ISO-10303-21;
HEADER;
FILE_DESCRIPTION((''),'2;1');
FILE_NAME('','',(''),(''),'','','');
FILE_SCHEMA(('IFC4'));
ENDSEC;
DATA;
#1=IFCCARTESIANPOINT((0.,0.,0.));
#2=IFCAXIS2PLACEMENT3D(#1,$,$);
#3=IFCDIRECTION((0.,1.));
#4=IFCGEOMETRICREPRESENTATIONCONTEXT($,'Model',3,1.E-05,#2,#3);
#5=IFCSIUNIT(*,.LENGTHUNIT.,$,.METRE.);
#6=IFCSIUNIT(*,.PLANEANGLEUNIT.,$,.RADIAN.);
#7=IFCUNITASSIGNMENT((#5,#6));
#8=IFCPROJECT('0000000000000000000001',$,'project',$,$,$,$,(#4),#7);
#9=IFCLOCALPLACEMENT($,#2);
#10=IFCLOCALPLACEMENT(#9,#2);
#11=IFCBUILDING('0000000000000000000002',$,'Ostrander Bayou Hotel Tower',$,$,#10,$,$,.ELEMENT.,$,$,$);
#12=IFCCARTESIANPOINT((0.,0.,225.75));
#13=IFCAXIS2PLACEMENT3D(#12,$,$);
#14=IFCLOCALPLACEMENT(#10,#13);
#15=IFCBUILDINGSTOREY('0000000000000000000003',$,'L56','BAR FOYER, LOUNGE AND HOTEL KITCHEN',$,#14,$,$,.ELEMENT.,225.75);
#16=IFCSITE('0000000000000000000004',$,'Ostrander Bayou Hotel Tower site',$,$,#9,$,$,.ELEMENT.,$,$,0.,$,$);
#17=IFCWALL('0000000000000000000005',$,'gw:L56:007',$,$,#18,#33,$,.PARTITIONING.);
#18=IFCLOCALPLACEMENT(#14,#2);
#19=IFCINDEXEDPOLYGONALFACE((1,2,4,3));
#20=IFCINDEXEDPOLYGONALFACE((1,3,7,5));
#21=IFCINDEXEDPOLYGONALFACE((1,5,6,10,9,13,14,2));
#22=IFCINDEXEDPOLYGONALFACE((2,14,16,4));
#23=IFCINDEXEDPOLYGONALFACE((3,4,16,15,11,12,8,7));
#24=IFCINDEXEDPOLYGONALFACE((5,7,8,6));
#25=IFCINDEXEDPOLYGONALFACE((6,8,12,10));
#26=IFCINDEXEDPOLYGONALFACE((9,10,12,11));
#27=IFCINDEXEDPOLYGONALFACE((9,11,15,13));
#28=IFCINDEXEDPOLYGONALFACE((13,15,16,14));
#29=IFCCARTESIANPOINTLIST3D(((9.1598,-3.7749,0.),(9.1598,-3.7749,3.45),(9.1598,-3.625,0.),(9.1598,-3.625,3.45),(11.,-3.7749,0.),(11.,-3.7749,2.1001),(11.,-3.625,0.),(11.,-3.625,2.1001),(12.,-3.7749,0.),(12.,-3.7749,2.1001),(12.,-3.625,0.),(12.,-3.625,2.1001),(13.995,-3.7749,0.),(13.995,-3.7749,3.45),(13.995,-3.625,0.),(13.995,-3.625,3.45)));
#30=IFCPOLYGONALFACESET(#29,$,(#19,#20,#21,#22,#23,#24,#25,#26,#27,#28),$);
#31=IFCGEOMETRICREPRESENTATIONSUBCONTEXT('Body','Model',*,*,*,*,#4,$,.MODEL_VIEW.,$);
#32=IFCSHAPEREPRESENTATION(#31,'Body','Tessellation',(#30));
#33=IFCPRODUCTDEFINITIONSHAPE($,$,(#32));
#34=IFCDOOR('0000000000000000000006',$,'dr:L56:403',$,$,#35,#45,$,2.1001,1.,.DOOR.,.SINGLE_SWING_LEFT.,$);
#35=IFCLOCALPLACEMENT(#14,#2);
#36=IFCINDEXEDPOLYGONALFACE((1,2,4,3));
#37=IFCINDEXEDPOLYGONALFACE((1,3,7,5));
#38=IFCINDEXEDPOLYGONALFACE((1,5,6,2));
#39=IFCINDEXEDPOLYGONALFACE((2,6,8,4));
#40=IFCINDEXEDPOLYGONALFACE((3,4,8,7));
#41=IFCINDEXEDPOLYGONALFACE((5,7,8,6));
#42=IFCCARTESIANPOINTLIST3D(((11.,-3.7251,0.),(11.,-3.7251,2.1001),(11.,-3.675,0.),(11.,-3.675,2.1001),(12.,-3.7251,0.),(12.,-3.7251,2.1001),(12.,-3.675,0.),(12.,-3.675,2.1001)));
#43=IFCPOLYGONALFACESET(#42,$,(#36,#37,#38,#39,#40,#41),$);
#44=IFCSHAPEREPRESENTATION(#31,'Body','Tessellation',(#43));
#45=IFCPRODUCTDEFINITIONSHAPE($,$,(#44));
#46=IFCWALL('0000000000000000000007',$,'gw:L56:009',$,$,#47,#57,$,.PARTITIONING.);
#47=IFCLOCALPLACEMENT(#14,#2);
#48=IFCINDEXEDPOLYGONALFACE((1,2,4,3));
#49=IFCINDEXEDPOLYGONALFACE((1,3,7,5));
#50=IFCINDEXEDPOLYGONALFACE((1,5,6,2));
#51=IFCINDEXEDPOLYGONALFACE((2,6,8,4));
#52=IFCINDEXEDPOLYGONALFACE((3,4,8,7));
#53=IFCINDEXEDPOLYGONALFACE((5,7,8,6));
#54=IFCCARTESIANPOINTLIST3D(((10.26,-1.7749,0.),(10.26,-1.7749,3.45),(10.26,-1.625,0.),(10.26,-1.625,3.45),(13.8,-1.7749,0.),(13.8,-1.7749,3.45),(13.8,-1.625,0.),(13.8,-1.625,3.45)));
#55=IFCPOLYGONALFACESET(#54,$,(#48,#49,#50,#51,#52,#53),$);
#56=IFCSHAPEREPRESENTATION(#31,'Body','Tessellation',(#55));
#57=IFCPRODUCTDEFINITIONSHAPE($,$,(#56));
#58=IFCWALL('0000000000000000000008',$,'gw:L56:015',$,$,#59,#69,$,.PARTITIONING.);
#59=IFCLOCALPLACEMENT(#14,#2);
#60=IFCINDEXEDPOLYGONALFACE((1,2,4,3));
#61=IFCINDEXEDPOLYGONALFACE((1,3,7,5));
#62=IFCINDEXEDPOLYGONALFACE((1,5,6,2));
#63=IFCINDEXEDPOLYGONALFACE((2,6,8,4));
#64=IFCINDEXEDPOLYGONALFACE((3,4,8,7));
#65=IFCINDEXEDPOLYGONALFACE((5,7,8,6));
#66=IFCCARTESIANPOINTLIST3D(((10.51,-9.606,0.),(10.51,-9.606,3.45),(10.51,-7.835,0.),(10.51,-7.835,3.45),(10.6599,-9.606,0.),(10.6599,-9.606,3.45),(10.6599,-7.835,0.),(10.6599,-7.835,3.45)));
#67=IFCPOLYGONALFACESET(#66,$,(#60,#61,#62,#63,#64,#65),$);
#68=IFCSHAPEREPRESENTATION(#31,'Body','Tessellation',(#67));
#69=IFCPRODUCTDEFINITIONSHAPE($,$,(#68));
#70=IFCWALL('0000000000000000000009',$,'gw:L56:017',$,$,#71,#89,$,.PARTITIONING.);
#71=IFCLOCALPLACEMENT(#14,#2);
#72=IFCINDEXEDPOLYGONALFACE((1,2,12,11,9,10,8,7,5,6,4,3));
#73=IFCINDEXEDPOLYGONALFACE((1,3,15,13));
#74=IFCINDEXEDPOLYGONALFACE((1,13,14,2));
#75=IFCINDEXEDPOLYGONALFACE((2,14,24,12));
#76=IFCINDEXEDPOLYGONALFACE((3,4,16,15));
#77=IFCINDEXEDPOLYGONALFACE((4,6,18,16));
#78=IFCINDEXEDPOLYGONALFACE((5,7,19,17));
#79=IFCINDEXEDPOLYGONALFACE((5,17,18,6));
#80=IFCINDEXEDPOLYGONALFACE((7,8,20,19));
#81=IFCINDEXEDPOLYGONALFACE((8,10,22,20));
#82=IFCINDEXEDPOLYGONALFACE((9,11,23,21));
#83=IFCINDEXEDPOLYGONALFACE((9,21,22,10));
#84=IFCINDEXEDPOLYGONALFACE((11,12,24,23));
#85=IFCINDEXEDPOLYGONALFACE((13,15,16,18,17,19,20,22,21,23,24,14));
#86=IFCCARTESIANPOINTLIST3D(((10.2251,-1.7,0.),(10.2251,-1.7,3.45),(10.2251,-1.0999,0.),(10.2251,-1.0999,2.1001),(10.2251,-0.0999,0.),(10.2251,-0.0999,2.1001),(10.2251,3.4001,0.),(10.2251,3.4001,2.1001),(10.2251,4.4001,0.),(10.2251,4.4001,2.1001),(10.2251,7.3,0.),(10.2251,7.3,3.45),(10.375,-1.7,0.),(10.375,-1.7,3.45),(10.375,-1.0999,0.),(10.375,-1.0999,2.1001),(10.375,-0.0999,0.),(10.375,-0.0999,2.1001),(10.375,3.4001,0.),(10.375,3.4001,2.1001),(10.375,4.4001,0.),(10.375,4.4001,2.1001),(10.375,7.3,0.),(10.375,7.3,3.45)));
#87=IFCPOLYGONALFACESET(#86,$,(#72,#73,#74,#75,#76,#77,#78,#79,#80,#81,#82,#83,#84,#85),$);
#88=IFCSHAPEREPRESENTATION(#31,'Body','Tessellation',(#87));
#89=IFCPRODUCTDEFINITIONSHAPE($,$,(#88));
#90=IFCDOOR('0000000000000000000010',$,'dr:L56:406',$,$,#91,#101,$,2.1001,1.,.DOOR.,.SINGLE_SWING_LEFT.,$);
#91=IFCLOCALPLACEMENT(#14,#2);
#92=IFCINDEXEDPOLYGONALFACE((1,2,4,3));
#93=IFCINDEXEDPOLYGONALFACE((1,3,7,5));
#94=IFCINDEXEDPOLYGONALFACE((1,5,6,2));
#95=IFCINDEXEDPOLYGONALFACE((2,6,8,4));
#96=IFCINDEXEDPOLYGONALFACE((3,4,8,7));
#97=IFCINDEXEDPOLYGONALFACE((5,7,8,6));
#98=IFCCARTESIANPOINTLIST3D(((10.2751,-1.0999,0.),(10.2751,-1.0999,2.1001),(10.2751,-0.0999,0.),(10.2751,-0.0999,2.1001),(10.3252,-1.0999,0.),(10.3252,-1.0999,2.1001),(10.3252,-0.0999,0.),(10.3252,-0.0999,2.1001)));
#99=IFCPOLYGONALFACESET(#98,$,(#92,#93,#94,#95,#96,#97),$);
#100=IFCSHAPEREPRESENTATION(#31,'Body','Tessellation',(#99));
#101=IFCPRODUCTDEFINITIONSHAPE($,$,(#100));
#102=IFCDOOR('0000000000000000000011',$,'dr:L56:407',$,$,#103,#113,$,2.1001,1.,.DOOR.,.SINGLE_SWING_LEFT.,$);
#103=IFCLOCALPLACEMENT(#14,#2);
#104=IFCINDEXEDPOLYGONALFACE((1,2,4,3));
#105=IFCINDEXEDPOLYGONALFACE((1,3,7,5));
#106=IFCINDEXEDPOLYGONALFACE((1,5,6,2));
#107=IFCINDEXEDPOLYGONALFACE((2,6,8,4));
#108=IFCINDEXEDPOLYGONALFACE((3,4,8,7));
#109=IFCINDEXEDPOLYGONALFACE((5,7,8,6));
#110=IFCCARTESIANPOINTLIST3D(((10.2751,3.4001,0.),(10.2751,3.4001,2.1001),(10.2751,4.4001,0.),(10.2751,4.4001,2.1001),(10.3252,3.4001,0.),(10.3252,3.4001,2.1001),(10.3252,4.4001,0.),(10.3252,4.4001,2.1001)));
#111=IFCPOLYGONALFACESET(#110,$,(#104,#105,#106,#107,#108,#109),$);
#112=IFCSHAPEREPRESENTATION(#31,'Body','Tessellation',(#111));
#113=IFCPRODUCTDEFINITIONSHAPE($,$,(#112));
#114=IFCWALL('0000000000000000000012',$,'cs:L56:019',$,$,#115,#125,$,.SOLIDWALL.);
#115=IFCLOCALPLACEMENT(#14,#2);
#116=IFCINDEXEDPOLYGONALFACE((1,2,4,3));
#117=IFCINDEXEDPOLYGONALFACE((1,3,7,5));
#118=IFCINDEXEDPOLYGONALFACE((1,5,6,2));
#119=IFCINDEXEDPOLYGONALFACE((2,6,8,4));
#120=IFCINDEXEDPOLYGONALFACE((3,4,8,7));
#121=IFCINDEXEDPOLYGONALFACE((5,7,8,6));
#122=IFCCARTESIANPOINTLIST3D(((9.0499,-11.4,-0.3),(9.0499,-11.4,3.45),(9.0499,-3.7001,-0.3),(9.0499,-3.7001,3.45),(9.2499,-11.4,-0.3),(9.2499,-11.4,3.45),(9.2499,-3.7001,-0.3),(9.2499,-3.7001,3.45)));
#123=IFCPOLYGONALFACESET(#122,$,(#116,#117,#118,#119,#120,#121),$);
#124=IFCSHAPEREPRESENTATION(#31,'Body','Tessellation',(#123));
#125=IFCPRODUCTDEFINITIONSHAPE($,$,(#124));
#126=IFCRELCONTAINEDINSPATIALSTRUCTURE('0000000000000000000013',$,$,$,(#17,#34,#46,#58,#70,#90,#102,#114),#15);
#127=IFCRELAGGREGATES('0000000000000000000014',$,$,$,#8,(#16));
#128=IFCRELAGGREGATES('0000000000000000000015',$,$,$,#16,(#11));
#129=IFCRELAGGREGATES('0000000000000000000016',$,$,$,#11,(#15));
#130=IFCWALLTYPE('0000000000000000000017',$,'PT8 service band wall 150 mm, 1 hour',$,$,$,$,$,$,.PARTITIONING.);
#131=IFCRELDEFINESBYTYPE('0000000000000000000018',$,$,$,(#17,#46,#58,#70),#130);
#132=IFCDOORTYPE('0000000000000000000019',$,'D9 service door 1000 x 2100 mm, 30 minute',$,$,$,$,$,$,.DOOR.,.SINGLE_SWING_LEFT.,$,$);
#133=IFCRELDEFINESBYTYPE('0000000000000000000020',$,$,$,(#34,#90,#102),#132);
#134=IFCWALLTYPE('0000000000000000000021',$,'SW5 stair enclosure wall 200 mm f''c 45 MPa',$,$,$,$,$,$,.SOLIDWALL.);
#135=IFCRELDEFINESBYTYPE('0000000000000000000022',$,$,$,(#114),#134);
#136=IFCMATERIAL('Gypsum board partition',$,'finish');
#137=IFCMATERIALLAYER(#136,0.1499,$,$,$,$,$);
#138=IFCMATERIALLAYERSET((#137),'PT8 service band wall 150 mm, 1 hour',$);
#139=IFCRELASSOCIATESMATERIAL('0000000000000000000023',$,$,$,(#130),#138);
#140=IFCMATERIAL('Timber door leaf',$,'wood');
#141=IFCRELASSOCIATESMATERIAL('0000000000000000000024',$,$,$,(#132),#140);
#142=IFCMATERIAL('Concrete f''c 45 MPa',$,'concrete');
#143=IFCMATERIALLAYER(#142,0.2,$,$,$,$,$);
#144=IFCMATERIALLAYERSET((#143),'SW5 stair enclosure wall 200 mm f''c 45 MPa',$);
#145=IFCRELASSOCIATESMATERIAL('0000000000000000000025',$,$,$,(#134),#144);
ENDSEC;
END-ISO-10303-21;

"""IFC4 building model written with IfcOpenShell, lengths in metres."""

from ifc_helpers import new_model, si_unit, direction, frame, frame_2d, origin, place, context, subcontext, project, spatial, rectangle, extrude, material, layer, layer_set, type_object, element, fill, save


model = new_model("IFC4")

# Units and contexts
model_context = context("Model", 3, precision=1e-05, world=origin(), true_north=direction((0.0, 1.0)))
body_context = subcontext(model_context, "Body", "Model", "MODEL_VIEW")
ifc_project = project(units=[si_unit("LENGTHUNIT", "METRE"), si_unit("PLANEANGLEUNIT", "RADIAN")], contexts=[model_context])

# Site, building, storey
site_placement = place(None, origin())
site = spatial("IfcSite", under=ifc_project, at=site_placement, Name="Ostrander Bayou Hotel Tower site", CompositionType="ELEMENT", RefElevation=0.0)
building_placement = place(site_placement, origin())
building = spatial("IfcBuilding", under=site, at=building_placement, Name="Ostrander Bayou Hotel Tower", CompositionType="ELEMENT")
storey_placement = place(building_placement, frame((0.0, 0.0, 225.75)))
storey = spatial("IfcBuildingStorey", under=building, at=storey_placement, Name="L56", Description="BAR FOYER, LOUNGE AND HOTEL KITCHEN", CompositionType="ELEMENT", Elevation=225.75)

# Shared definitions
ifc_material_1 = material(Name="Gypsum board partition", Category="finish")
ifc_layer_1 = layer(ifc_material_1, 0.1499)
ifc_layer_set_1 = layer_set([ifc_layer_1], Name="PT8 service band wall 150 mm, 1 hour")
wall_type_1 = type_object("IfcWallType", Name="PT8 service band wall 150 mm, 1 hour", PredefinedType="PARTITIONING", material=ifc_layer_set_1)

# Wall, opening, door
wall_1_placement = place(storey_placement, frame((9.1599, -3.7, 0.0), z_axis=(0.0, 0.0, 1.0), x_axis=(1.0, 0.0, 0.0)))
wall_1 = element("IfcWall", 1, at=wall_1_placement, inside=storey, type_object=wall_type_1, Name="gw:L56:007", PredefinedType="PARTITIONING", context=body_context, shape_type="SweptSolid", body=[
    extrude(rectangle(XDim=4.8352, YDim=0.1499, at=frame_2d((2.4175, 0.0))), origin(), (0.0, 0.0, 1.0), 3.45),
])
opening_1_placement = place(wall_1_placement, frame((1.8401, 0.0, 0.0)))
opening_1 = element("IfcOpeningElement", 2, at=opening_1_placement, cuts=wall_1, PredefinedType="OPENING", context=body_context, shape_type="SweptSolid", body=[
    extrude(rectangle(XDim=1.0, YDim=2.1001, at=frame_2d((0.5, 1.05))), frame((0.0, 0.075, 0.0), z_axis=(0.0, -1.0, 0.0), x_axis=(1.0, 0.0, 0.0)), (0.0, 0.0, 1.0), 0.1499),
])
ifc_material_2 = material(Name="Timber door leaf", Category="wood")
door_type = type_object("IfcDoorType", Name="D9 service door 1000 x 2100 mm, 30 minute", OperationType="SINGLE_SWING_LEFT", PredefinedType="DOOR", material=ifc_material_2)
door_1_placement = place(opening_1_placement, origin())
door_1 = element("IfcDoor", 3, at=door_1_placement, inside=storey, type_object=door_type, Name="dr:L56:403", OperationType="SINGLE_SWING_LEFT", OverallHeight=2.1001, OverallWidth=1.0, PredefinedType="DOOR", context=body_context, shape_type="SweptSolid", body=[
    extrude(rectangle(XDim=1.0, YDim=2.1001, at=frame_2d((0.5, 1.05))), frame((0.0, 0.0249, 0.0), z_axis=(0.0, -1.0, 0.0), x_axis=(1.0, 0.0, 0.0)), (0.0, 0.0, 1.0), 0.05),
])
fill(opening_1, door_1)

# Walls
wall_2_placement = place(storey_placement, frame((10.26, -1.7, 0.0), z_axis=(0.0, 0.0, 1.0), x_axis=(1.0, 0.0, 0.0)))
element("IfcWall", 4, at=wall_2_placement, inside=storey, type_object=wall_type_1, Name="gw:L56:009", PredefinedType="PARTITIONING", context=body_context, shape_type="SweptSolid", body=[
    extrude(rectangle(XDim=3.54, YDim=0.1499, at=frame_2d((1.77, 0.0))), origin(), (0.0, 0.0, 1.0), 3.45),
])
wall_3_placement = place(storey_placement, frame((10.585, -9.606, 0.0), z_axis=(0.0, 0.0, 1.0), x_axis=(0.0, 1.0, 0.0)))
element("IfcWall", 5, at=wall_3_placement, inside=storey, type_object=wall_type_1, Name="gw:L56:015", PredefinedType="PARTITIONING", context=body_context, shape_type="SweptSolid", body=[
    extrude(rectangle(XDim=1.771, YDim=0.1499, at=frame_2d((0.8855, 0.0))), origin(), (0.0, 0.0, 1.0), 3.45),
])

# Wall, openings, doors
wall_4_placement = place(storey_placement, frame((10.3, -1.7, 0.0), z_axis=(0.0, 0.0, 1.0), x_axis=(0.0, 1.0, 0.0)))
wall_4 = element("IfcWall", 6, at=wall_4_placement, inside=storey, type_object=wall_type_1, Name="gw:L56:017", PredefinedType="PARTITIONING", context=body_context, shape_type="SweptSolid", body=[
    extrude(rectangle(XDim=9.0, YDim=0.1499, at=frame_2d((4.5, 0.0))), origin(), (0.0, 0.0, 1.0), 3.45),
])
opening_2_placement = place(wall_4_placement, frame((0.6001, 0.0, 0.0)))
opening_2 = element("IfcOpeningElement", 7, at=opening_2_placement, cuts=wall_4, PredefinedType="OPENING", context=body_context, shape_type="SweptSolid", body=[
    extrude(rectangle(XDim=1.0, YDim=2.1001, at=frame_2d((0.5, 1.05))), frame((0.0, 0.075, 0.0), z_axis=(0.0, -1.0, 0.0), x_axis=(1.0, 0.0, 0.0)), (0.0, 0.0, 1.0), 0.1499),
])
opening_3_placement = place(wall_4_placement, frame((5.1001, 0.0, 0.0)))
opening_3 = element("IfcOpeningElement", 8, at=opening_3_placement, cuts=wall_4, PredefinedType="OPENING", context=body_context, shape_type="SweptSolid", body=[
    extrude(rectangle(XDim=1.0, YDim=2.1001, at=frame_2d((0.5, 1.05))), frame((0.0, 0.075, 0.0), z_axis=(0.0, -1.0, 0.0), x_axis=(1.0, 0.0, 0.0)), (0.0, 0.0, 1.0), 0.1499),
])
door_2_placement = place(opening_2_placement, origin())
door_2 = element("IfcDoor", 9, at=door_2_placement, inside=storey, type_object=door_type, Name="dr:L56:406", OperationType="SINGLE_SWING_LEFT", OverallHeight=2.1001, OverallWidth=1.0, PredefinedType="DOOR", context=body_context, shape_type="SweptSolid", body=[
    extrude(rectangle(XDim=1.0, YDim=2.1001, at=frame_2d((0.5, 1.05))), frame((0.0, 0.0249, 0.0), z_axis=(0.0, -1.0, 0.0), x_axis=(1.0, 0.0, 0.0)), (0.0, 0.0, 1.0), 0.05),
])
fill(opening_2, door_2)
door_3_placement = place(opening_3_placement, origin())
door_3 = element("IfcDoor", 10, at=door_3_placement, inside=storey, type_object=door_type, Name="dr:L56:407", OperationType="SINGLE_SWING_LEFT", OverallHeight=2.1001, OverallWidth=1.0, PredefinedType="DOOR", context=body_context, shape_type="SweptSolid", body=[
    extrude(rectangle(XDim=1.0, YDim=2.1001, at=frame_2d((0.5, 1.05))), frame((0.0, 0.0249, 0.0), z_axis=(0.0, -1.0, 0.0), x_axis=(1.0, 0.0, 0.0)), (0.0, 0.0, 1.0), 0.05),
])
fill(opening_3, door_3)

# Wall
ifc_material_3 = material(Name="Concrete f'c 45 MPa", Category="concrete")
ifc_layer_2 = layer(ifc_material_3, 0.2)
ifc_layer_set_2 = layer_set([ifc_layer_2], Name="SW5 stair enclosure wall 200 mm f'c 45 MPa")
wall_type_2 = type_object("IfcWallType", Name="SW5 stair enclosure wall 200 mm f'c 45 MPa", PredefinedType="SOLIDWALL", material=ifc_layer_set_2)
wall_5_placement = place(storey_placement, frame((9.1499, -3.7, -0.3), z_axis=(0.0, 0.0, 1.0), x_axis=(0.0, -1.0, 0.0)))
element("IfcWall", 11, at=wall_5_placement, inside=storey, type_object=wall_type_2, Name="cs:L56:019", PredefinedType="SOLIDWALL", context=body_context, shape_type="SweptSolid", body=[
    extrude(rectangle(XDim=7.7, YDim=0.2, at=frame_2d((3.8501, 0.0))), origin(), (0.0, 0.0, 1.0), 3.75),
])

save(model, "model.ifc")
